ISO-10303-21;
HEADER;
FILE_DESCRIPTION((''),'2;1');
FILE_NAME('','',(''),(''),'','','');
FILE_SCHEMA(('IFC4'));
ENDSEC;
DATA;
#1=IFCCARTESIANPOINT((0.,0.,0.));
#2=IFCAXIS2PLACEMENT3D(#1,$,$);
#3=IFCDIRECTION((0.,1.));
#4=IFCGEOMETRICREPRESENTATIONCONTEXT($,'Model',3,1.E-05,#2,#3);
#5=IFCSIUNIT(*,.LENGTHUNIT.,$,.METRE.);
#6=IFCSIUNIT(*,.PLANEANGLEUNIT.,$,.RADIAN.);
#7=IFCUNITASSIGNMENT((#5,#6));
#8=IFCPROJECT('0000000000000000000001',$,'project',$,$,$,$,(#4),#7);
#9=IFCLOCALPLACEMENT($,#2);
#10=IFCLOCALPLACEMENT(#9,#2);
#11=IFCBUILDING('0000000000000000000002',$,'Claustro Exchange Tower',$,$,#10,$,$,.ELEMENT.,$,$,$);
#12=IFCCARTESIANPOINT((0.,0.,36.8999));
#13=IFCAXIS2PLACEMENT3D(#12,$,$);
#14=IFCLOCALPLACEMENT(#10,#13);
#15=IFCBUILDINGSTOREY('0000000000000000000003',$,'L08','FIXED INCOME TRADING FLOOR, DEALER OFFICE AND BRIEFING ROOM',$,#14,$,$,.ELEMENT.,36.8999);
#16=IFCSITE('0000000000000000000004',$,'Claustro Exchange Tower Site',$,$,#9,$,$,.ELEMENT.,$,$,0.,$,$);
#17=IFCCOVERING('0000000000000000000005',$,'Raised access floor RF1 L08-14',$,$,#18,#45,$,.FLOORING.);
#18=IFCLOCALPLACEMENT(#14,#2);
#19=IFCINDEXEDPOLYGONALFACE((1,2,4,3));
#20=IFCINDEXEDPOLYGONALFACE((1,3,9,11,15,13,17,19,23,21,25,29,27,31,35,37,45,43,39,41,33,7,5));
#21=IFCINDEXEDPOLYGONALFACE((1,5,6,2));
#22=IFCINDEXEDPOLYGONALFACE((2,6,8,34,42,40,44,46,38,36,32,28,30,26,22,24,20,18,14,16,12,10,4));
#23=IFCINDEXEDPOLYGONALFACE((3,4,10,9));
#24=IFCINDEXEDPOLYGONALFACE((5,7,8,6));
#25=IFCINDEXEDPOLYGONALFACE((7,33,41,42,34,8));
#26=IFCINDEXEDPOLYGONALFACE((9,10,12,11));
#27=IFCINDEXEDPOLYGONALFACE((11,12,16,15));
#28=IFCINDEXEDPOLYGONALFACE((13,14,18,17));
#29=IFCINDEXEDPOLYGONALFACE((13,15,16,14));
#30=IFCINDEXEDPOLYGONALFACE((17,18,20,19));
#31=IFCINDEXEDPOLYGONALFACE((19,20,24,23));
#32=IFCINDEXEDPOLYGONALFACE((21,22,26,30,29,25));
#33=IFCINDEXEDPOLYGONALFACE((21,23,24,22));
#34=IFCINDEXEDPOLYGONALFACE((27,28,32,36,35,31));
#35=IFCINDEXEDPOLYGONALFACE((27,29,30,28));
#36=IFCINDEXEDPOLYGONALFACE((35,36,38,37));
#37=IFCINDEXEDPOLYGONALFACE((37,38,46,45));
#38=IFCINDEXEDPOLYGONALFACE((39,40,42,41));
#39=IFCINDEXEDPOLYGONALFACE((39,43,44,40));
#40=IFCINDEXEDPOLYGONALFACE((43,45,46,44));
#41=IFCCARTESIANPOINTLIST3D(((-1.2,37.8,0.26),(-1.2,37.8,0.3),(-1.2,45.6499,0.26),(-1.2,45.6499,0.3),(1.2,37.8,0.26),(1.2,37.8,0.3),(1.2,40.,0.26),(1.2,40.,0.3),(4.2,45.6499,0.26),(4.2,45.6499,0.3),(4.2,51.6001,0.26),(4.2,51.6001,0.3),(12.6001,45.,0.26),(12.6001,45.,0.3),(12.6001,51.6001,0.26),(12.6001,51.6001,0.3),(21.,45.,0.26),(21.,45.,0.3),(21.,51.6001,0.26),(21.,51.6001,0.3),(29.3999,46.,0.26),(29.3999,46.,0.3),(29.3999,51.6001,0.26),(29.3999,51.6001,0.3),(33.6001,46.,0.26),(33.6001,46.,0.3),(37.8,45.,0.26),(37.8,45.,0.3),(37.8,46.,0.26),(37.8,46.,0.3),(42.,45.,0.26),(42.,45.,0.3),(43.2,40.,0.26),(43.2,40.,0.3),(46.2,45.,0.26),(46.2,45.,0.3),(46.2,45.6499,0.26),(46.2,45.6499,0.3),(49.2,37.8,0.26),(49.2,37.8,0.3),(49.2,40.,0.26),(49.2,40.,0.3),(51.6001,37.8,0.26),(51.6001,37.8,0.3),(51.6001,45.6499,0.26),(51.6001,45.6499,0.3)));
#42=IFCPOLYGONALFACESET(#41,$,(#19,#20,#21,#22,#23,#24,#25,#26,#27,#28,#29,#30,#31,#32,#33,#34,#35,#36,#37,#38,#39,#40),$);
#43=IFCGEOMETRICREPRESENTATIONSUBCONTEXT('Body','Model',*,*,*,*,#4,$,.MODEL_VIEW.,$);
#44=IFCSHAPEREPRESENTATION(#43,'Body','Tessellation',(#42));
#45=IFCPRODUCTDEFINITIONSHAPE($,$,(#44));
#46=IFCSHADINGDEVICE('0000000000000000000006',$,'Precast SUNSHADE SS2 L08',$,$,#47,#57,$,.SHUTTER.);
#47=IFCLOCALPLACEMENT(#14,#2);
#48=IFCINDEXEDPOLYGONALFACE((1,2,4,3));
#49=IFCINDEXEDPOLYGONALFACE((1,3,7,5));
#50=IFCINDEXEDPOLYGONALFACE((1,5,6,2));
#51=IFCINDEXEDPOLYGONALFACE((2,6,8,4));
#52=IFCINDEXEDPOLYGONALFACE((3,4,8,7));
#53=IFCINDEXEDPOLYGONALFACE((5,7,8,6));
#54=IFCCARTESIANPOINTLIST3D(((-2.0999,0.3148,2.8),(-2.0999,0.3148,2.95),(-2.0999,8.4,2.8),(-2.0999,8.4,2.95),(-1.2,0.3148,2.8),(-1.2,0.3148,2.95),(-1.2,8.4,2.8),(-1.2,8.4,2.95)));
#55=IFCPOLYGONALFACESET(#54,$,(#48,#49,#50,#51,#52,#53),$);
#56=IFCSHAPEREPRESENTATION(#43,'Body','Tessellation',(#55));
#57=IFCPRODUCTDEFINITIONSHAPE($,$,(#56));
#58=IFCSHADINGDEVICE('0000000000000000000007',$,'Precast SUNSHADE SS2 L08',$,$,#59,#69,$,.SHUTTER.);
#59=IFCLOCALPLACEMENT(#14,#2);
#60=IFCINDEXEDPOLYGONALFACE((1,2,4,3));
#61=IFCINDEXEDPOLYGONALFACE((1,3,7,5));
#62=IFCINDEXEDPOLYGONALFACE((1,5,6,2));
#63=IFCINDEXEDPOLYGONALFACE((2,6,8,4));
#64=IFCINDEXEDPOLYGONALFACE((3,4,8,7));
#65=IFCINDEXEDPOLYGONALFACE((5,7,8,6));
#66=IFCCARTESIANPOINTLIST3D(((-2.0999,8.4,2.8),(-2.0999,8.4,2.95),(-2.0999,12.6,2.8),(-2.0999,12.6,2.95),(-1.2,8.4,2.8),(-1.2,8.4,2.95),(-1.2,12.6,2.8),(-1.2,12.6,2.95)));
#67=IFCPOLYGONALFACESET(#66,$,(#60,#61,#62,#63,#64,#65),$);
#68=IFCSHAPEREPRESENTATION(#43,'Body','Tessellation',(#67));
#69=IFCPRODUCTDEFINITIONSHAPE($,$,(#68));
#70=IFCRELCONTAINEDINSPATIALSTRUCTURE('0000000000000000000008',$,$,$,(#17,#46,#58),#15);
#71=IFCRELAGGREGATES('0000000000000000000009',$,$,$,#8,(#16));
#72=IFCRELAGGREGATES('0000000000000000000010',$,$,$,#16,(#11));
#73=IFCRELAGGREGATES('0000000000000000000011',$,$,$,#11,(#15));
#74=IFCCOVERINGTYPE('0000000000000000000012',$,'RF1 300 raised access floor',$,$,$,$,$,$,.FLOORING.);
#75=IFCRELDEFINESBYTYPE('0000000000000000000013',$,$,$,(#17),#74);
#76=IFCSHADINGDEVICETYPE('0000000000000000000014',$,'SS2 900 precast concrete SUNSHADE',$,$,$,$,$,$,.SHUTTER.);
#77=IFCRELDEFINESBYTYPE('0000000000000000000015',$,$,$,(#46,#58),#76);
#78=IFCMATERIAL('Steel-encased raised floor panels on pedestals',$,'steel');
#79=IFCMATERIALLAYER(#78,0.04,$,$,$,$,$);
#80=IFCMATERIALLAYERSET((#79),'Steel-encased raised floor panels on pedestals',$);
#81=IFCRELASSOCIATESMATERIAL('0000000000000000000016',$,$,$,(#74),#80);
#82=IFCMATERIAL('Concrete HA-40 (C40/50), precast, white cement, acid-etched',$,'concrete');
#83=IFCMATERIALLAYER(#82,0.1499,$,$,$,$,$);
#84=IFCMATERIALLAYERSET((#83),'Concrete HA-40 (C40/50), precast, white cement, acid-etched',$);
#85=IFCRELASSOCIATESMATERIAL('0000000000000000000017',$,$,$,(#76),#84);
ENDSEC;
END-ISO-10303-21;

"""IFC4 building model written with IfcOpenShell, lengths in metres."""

from ifc_helpers import new_model, si_unit, direction, frame, origin, origin_2d, place, context, subcontext, project, spatial, polyline, rectangle, outline, extrude, material, layer, layer_set, type_object, element, save


model = new_model("IFC4")

# Units and contexts
model_context = context("Model", 3, precision=1e-05, world=origin(), true_north=direction((0.0, 1.0)))
body_context = subcontext(model_context, "Body", "Model", "MODEL_VIEW")
ifc_project = project(units=[si_unit("LENGTHUNIT", "METRE"), si_unit("PLANEANGLEUNIT", "RADIAN")], contexts=[model_context])

# Site, building, storey
site_placement = place(None, origin())
site = spatial("IfcSite", under=ifc_project, at=site_placement, Name="Claustro Exchange Tower Site", CompositionType="ELEMENT", RefElevation=0.0)
building_placement = place(site_placement, origin())
building = spatial("IfcBuilding", under=site, at=building_placement, Name="Claustro Exchange Tower", CompositionType="ELEMENT")
storey_placement = place(building_placement, frame((0.0, 0.0, 36.8999)))
storey = spatial("IfcBuildingStorey", under=building, at=storey_placement, Name="L08", Description="FIXED INCOME TRADING FLOOR, DEALER OFFICE AND BRIEFING ROOM", CompositionType="ELEMENT", Elevation=36.8999)

# Covering
ifc_material_1 = material(Name="Steel-encased raised floor panels on pedestals", Category="steel")
ifc_layer_1 = layer(ifc_material_1, 0.04)
ifc_layer_set_1 = layer_set([ifc_layer_1], Name="Steel-encased raised floor panels on pedestals")
covering_type_1 = type_object("IfcCoveringType", Name="RF1 300 raised access floor", PredefinedType="FLOORING", material=ifc_layer_set_1)
covering_1_placement = place(storey_placement, frame((0.0, 0.0, 0.26)))
element("IfcCovering", 1, at=covering_1_placement, inside=storey, type_object=covering_type_1, Name="Raised access floor RF1 L08-14", PredefinedType="FLOORING", context=body_context, shape_type="SweptSolid", body=[
    extrude(outline(polyline([(-1.2, 45.6499), (-1.2, 37.8), (1.2, 37.8), (1.2, 40.0), (43.2, 40.0), (49.2, 40.0), (49.2, 37.8), (51.6001, 37.8), (51.6001, 45.6499), (46.2, 45.6499), (46.2, 45.0), (42.0, 45.0), (37.8, 45.0), (37.8, 46.0), (33.6001, 46.0), (29.3999, 46.0), (29.3999, 51.6001), (21.0, 51.6001), (21.0, 45.0), (12.6001, 45.0), (12.6001, 51.6001), (4.2, 51.6001), (4.2, 45.6499), (-1.2, 45.6499)])), origin(), (0.0, 0.0, 1.0), 0.04),
])

# Shading devices
ifc_material_2 = material(Name="Concrete HA-40 (C40/50), precast, white cement, acid-etched", Category="concrete")
ifc_layer_2 = layer(ifc_material_2, 0.1499)
ifc_layer_set_2 = layer_set([ifc_layer_2], Name="Concrete HA-40 (C40/50), precast, white cement, acid-etched")
shading_device_type = type_object("IfcShadingDeviceType", Name="SS2 900 precast concrete SUNSHADE", PredefinedType="SHUTTER", material=ifc_layer_set_2)
shading_device_1_placement = place(storey_placement, frame((-1.6499, 4.3574, 2.8), z_axis=(0.0, 0.0, 1.0), x_axis=(0.0, 1.0, 0.0)))
element("IfcShadingDevice", 2, at=shading_device_1_placement, inside=storey, type_object=shading_device_type, Name="Precast SUNSHADE SS2 L08", PredefinedType="SHUTTER", context=body_context, shape_type="SweptSolid", body=[
    extrude(rectangle(XDim=8.0852, YDim=0.8999, at=origin_2d()), origin(), (0.0, 0.0, 1.0), 0.1499),
])
shading_device_2_placement = place(storey_placement, frame((-1.6499, 10.5, 2.8), z_axis=(0.0, 0.0, 1.0), x_axis=(0.0, 1.0, 0.0)))
element("IfcShadingDevice", 3, at=shading_device_2_placement, inside=storey, type_object=shading_device_type, Name="Precast SUNSHADE SS2 L08", PredefinedType="SHUTTER", context=body_context, shape_type="SweptSolid", body=[
    extrude(rectangle(XDim=4.2, YDim=0.8999, at=origin_2d()), origin(), (0.0, 0.0, 1.0), 0.1499),
])

save(model, "model.ifc")
